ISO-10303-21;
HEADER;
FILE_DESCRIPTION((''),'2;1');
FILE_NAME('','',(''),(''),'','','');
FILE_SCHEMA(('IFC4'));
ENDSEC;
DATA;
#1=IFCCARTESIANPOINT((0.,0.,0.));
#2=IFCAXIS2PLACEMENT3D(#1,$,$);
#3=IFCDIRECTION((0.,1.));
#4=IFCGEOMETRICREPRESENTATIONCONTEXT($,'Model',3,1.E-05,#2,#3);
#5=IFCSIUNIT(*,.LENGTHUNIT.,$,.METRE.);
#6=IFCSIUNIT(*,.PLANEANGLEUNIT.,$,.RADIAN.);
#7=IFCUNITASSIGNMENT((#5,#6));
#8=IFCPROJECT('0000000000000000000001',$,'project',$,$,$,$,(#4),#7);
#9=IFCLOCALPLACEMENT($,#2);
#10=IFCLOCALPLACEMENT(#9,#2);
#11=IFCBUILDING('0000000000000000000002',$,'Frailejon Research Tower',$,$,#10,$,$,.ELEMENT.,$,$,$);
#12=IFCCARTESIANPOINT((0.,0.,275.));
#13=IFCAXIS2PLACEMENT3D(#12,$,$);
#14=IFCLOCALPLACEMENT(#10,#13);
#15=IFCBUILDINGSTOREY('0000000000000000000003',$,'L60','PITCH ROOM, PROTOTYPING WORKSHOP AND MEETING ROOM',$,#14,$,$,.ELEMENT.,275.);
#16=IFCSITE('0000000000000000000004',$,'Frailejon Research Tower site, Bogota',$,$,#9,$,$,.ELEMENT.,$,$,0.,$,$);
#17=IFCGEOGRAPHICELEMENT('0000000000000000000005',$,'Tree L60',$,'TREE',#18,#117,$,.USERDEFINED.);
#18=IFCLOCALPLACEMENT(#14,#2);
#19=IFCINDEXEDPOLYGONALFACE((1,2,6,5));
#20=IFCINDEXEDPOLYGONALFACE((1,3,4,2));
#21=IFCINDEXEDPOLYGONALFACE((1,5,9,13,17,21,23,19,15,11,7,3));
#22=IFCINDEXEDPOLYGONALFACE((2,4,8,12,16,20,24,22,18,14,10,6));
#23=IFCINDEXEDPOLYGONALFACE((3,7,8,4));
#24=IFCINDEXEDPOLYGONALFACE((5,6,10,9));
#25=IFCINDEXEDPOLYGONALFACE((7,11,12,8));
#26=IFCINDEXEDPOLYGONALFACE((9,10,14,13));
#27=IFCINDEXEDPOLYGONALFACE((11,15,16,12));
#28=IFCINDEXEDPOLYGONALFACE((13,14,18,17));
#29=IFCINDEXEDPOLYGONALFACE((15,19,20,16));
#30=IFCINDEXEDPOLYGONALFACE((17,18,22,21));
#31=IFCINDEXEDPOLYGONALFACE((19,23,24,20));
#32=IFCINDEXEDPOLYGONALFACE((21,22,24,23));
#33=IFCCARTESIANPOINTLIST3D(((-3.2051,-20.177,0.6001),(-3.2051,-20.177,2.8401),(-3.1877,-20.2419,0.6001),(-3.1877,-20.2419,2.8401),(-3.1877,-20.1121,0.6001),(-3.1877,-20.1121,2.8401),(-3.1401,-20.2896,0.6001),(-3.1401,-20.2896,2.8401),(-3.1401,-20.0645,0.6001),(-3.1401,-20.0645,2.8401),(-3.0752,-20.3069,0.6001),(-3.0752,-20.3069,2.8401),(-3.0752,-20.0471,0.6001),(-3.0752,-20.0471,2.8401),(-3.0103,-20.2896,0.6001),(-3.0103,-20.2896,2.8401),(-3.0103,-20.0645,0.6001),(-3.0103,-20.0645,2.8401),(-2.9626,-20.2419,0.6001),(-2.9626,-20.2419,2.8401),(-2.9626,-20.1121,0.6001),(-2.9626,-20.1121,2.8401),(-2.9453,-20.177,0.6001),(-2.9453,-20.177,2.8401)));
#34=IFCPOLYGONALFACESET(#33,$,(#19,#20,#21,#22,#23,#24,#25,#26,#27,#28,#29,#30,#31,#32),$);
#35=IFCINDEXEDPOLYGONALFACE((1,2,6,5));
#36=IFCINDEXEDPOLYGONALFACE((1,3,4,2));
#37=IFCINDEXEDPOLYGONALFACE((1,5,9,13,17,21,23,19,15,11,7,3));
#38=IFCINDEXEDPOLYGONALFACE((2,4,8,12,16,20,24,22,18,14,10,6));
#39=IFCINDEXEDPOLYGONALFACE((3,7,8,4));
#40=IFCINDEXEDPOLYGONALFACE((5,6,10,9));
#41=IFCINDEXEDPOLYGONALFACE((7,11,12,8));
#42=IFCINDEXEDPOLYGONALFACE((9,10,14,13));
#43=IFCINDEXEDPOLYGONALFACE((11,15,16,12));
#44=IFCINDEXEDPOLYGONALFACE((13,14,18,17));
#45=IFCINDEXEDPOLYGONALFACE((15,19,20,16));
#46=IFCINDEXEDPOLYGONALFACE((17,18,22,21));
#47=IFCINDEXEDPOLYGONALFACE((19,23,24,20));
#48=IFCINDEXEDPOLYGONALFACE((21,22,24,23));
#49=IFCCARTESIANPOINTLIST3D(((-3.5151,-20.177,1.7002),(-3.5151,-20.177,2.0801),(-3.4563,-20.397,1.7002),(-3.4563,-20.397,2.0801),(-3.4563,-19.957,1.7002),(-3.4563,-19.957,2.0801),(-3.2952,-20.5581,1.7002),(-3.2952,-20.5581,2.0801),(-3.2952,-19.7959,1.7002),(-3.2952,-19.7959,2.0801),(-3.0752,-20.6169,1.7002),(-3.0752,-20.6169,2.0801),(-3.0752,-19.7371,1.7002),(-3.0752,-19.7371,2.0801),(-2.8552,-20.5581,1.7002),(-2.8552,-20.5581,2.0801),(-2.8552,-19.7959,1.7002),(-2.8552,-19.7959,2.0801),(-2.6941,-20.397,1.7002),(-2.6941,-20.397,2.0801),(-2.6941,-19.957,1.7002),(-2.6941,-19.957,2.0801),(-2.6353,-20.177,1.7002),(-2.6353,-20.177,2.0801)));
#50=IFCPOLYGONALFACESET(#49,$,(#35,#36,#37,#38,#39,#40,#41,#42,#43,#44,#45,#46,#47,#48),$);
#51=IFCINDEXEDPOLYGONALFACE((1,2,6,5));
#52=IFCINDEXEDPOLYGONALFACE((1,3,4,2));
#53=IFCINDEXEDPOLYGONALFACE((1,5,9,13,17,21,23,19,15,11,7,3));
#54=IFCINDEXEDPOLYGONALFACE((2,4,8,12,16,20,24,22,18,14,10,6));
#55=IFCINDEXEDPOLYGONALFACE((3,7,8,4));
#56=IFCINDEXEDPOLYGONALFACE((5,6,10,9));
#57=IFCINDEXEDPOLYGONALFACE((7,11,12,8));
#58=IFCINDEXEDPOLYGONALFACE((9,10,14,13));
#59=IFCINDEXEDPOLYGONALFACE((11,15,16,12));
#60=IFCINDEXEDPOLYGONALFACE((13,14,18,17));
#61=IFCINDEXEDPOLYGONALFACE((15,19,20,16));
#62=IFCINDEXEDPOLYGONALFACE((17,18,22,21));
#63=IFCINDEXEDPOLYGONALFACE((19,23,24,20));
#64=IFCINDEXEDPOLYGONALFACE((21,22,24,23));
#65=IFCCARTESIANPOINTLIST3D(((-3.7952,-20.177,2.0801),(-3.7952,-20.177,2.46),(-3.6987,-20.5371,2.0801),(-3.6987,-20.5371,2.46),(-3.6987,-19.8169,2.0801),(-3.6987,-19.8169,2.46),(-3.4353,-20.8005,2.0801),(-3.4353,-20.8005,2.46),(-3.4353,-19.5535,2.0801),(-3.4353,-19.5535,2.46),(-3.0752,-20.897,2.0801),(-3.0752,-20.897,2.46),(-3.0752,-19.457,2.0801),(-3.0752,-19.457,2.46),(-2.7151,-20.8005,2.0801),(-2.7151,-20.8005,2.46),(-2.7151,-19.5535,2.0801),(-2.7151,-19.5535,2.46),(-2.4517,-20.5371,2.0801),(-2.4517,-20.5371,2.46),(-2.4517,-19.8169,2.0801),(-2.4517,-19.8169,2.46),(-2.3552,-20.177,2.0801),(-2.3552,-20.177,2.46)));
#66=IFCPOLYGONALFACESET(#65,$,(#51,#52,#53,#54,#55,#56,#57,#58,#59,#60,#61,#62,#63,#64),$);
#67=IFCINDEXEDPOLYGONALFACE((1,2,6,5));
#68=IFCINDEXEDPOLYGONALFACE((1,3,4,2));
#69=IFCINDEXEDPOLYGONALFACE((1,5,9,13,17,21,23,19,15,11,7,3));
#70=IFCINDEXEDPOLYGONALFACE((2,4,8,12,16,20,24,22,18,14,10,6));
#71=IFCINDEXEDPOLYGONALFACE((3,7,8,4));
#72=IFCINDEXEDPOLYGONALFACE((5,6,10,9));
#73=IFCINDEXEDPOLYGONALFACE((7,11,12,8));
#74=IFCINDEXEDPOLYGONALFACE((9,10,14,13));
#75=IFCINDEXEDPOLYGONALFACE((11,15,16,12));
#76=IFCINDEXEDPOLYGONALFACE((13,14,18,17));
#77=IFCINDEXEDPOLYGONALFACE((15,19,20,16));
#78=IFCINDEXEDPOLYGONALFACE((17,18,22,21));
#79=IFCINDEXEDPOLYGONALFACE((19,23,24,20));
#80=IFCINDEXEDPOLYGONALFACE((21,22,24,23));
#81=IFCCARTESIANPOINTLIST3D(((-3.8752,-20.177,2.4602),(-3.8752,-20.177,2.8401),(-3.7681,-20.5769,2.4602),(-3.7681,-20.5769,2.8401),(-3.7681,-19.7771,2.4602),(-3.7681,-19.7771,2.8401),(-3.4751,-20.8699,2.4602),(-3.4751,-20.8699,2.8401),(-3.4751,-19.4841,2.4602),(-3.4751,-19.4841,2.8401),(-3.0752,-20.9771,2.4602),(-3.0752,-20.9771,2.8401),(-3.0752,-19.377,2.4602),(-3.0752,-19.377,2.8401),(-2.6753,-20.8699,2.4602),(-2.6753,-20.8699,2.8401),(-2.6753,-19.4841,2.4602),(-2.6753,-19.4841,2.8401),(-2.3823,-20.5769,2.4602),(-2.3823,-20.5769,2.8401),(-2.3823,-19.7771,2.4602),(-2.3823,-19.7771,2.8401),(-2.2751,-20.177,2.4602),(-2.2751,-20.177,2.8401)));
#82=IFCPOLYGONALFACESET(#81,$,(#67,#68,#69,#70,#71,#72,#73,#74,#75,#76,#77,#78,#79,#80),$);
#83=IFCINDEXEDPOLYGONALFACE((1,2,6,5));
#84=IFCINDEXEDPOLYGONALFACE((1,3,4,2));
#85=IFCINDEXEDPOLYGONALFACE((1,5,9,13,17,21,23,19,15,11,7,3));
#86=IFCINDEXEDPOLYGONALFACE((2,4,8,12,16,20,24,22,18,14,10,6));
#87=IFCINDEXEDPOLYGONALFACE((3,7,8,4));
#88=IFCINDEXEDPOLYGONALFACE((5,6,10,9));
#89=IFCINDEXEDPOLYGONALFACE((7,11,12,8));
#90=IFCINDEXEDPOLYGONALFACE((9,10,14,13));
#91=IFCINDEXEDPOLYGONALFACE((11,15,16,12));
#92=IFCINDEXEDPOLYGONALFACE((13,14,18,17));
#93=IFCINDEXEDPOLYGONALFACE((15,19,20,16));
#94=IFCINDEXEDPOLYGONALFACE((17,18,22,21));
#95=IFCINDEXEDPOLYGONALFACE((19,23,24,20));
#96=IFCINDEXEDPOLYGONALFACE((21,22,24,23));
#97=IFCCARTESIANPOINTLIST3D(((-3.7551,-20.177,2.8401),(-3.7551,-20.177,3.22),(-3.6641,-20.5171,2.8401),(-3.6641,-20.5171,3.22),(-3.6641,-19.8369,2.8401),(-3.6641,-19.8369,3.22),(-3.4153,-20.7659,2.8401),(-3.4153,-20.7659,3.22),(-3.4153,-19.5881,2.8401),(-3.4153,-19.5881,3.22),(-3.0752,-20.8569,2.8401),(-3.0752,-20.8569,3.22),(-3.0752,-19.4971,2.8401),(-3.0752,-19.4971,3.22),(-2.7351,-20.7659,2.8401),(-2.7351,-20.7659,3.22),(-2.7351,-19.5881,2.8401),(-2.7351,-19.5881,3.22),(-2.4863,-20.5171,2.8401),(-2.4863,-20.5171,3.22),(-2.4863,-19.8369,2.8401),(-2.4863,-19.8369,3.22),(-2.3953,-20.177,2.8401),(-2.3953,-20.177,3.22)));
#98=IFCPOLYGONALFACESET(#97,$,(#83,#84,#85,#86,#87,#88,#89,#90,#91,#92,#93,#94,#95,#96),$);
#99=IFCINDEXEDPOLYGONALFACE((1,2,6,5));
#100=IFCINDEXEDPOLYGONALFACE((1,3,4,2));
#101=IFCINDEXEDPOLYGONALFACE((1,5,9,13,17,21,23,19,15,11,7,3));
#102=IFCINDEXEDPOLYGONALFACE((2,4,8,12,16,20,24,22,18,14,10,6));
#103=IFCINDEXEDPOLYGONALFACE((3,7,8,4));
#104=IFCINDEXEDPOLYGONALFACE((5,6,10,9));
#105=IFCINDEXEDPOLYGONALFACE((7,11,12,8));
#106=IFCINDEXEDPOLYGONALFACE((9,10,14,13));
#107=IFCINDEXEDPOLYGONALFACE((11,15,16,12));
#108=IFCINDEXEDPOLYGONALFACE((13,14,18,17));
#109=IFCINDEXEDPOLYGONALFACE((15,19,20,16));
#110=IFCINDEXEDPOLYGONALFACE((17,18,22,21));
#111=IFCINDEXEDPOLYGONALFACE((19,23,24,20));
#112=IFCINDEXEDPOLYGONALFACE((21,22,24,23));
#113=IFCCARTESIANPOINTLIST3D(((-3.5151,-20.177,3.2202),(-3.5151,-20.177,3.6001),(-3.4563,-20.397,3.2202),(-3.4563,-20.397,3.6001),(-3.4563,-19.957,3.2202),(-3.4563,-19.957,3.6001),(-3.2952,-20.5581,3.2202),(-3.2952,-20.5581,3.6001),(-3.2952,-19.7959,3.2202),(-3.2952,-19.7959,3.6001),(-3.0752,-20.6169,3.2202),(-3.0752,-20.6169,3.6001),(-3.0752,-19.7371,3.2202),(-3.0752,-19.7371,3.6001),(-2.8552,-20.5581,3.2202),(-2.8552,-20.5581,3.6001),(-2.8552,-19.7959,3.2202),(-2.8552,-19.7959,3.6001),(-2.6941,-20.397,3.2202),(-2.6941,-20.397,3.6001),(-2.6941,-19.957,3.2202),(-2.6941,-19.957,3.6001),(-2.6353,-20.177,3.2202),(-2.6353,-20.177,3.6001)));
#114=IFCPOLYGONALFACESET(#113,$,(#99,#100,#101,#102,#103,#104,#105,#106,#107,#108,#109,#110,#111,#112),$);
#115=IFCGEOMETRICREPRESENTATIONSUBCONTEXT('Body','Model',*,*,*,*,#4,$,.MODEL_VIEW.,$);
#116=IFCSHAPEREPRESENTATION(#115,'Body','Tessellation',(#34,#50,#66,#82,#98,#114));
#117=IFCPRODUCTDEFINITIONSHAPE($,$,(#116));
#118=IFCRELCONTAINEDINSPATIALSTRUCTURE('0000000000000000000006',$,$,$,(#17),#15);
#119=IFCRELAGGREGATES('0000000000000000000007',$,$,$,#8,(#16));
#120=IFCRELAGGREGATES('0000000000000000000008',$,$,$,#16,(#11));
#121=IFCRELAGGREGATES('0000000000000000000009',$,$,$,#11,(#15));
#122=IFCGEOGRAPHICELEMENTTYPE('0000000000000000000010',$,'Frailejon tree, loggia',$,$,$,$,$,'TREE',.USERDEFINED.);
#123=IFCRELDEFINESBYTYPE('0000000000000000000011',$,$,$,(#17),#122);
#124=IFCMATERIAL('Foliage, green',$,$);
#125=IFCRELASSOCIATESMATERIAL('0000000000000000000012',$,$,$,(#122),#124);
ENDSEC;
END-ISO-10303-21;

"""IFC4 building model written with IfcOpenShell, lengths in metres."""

from ifc_helpers import new_model, si_unit, direction, frame, origin, place, context, subcontext, project, spatial, polyline, outline, extrude, material, type_object, element, save


model = new_model("IFC4")

# Units and contexts
model_context = context("Model", 3, precision=1e-05, world=origin(), true_north=direction((0.0, 1.0)))
body_context = subcontext(model_context, "Body", "Model", "MODEL_VIEW")
ifc_project = project(units=[si_unit("LENGTHUNIT", "METRE"), si_unit("PLANEANGLEUNIT", "RADIAN")], contexts=[model_context])

# Site, building, storey
site_placement = place(None, origin())
site = spatial("IfcSite", under=ifc_project, at=site_placement, Name="Frailejon Research Tower site, Bogota", CompositionType="ELEMENT", RefElevation=0.0)
building_placement = place(site_placement, origin())
building = spatial("IfcBuilding", under=site, at=building_placement, Name="Frailejon Research Tower", CompositionType="ELEMENT")
storey_placement = place(building_placement, frame((0.0, 0.0, 275.0)))
storey = spatial("IfcBuildingStorey", under=building, at=storey_placement, Name="L60", Description="PITCH ROOM, PROTOTYPING WORKSHOP AND MEETING ROOM", CompositionType="ELEMENT", Elevation=275.0)

# Geographic element
ifc_material_1 = material(Name="Foliage, green")
geographic_element_type = type_object("IfcGeographicElementType", Name="Frailejon tree, loggia", ElementType="TREE", PredefinedType="USERDEFINED", material=ifc_material_1)
geographic_element_placement = place(storey_placement, frame((-3.0752, -20.177, 0.6001)))
element("IfcGeographicElement", 1, at=geographic_element_placement, inside=storey, type_object=geographic_element_type, Name="Tree L60", ObjectType="TREE", PredefinedType="USERDEFINED", context=body_context, shape_type="SweptSolid", body=[
    extrude(outline(polyline([(0.1299, 0.0), (0.1125, 0.0649), (0.0649, 0.1125), (0.0, 0.1299), (-0.0649, 0.1125), (-0.1125, 0.0649), (-0.1299, 0.0), (-0.1125, -0.0649), (-0.0649, -0.1125), (0.0, -0.1299), (0.0649, -0.1125), (0.1125, -0.0649), (0.1299, 0.0)])), origin(), (0.0, 0.0, 1.0), 2.24),
    extrude(outline(polyline([(0.4399, 0.0), (0.3811, 0.22), (0.22, 0.3811), (0.0, 0.4399), (-0.22, 0.3811), (-0.3811, 0.22), (-0.4399, 0.0), (-0.3811, -0.22), (-0.22, -0.3811), (0.0, -0.4399), (0.22, -0.3811), (0.3811, -0.22), (0.4399, 0.0)])), frame((0.0, 0.0, 1.1001)), (0.0, 0.0, 1.0), 0.3799),
    extrude(outline(polyline([(0.72, 0.0), (0.6235, 0.3601), (0.3601, 0.6235), (0.0, 0.72), (-0.3601, 0.6235), (-0.6235, 0.3601), (-0.72, 0.0), (-0.6235, -0.3601), (-0.3601, -0.6235), (0.0, -0.72), (0.3601, -0.6235), (0.6235, -0.3601), (0.72, 0.0)])), frame((0.0, 0.0, 1.48)), (0.0, 0.0, 1.0), 0.3799),
    extrude(outline(polyline([(0.8, 0.0), (0.6929, 0.3999), (0.3999, 0.6929), (0.0, 0.8), (-0.3999, 0.6929), (-0.6929, 0.3999), (-0.8, 0.0), (-0.6929, -0.3999), (-0.3999, -0.6929), (0.0, -0.8), (0.3999, -0.6929), (0.6929, -0.3999), (0.8, 0.0)])), frame((0.0, 0.0, 1.8601)), (0.0, 0.0, 1.0), 0.3799),
    extrude(outline(polyline([(0.6799, 0.0), (0.5889, 0.3401), (0.3401, 0.5889), (0.0, 0.6799), (-0.3401, 0.5889), (-0.5889, 0.3401), (-0.6799, 0.0), (-0.5889, -0.3401), (-0.3401, -0.5889), (0.0, -0.6799), (0.3401, -0.5889), (0.5889, -0.3401), (0.6799, 0.0)])), frame((0.0, 0.0, 2.24)), (0.0, 0.0, 1.0), 0.3799),
    extrude(outline(polyline([(0.4399, 0.0), (0.3811, 0.22), (0.22, 0.3811), (0.0, 0.4399), (-0.22, 0.3811), (-0.3811, 0.22), (-0.4399, 0.0), (-0.3811, -0.22), (-0.22, -0.3811), (0.0, -0.4399), (0.22, -0.3811), (0.3811, -0.22), (0.4399, 0.0)])), frame((0.0, 0.0, 2.6201)), (0.0, 0.0, 1.0), 0.3799),
])

save(model, "model.ifc")
